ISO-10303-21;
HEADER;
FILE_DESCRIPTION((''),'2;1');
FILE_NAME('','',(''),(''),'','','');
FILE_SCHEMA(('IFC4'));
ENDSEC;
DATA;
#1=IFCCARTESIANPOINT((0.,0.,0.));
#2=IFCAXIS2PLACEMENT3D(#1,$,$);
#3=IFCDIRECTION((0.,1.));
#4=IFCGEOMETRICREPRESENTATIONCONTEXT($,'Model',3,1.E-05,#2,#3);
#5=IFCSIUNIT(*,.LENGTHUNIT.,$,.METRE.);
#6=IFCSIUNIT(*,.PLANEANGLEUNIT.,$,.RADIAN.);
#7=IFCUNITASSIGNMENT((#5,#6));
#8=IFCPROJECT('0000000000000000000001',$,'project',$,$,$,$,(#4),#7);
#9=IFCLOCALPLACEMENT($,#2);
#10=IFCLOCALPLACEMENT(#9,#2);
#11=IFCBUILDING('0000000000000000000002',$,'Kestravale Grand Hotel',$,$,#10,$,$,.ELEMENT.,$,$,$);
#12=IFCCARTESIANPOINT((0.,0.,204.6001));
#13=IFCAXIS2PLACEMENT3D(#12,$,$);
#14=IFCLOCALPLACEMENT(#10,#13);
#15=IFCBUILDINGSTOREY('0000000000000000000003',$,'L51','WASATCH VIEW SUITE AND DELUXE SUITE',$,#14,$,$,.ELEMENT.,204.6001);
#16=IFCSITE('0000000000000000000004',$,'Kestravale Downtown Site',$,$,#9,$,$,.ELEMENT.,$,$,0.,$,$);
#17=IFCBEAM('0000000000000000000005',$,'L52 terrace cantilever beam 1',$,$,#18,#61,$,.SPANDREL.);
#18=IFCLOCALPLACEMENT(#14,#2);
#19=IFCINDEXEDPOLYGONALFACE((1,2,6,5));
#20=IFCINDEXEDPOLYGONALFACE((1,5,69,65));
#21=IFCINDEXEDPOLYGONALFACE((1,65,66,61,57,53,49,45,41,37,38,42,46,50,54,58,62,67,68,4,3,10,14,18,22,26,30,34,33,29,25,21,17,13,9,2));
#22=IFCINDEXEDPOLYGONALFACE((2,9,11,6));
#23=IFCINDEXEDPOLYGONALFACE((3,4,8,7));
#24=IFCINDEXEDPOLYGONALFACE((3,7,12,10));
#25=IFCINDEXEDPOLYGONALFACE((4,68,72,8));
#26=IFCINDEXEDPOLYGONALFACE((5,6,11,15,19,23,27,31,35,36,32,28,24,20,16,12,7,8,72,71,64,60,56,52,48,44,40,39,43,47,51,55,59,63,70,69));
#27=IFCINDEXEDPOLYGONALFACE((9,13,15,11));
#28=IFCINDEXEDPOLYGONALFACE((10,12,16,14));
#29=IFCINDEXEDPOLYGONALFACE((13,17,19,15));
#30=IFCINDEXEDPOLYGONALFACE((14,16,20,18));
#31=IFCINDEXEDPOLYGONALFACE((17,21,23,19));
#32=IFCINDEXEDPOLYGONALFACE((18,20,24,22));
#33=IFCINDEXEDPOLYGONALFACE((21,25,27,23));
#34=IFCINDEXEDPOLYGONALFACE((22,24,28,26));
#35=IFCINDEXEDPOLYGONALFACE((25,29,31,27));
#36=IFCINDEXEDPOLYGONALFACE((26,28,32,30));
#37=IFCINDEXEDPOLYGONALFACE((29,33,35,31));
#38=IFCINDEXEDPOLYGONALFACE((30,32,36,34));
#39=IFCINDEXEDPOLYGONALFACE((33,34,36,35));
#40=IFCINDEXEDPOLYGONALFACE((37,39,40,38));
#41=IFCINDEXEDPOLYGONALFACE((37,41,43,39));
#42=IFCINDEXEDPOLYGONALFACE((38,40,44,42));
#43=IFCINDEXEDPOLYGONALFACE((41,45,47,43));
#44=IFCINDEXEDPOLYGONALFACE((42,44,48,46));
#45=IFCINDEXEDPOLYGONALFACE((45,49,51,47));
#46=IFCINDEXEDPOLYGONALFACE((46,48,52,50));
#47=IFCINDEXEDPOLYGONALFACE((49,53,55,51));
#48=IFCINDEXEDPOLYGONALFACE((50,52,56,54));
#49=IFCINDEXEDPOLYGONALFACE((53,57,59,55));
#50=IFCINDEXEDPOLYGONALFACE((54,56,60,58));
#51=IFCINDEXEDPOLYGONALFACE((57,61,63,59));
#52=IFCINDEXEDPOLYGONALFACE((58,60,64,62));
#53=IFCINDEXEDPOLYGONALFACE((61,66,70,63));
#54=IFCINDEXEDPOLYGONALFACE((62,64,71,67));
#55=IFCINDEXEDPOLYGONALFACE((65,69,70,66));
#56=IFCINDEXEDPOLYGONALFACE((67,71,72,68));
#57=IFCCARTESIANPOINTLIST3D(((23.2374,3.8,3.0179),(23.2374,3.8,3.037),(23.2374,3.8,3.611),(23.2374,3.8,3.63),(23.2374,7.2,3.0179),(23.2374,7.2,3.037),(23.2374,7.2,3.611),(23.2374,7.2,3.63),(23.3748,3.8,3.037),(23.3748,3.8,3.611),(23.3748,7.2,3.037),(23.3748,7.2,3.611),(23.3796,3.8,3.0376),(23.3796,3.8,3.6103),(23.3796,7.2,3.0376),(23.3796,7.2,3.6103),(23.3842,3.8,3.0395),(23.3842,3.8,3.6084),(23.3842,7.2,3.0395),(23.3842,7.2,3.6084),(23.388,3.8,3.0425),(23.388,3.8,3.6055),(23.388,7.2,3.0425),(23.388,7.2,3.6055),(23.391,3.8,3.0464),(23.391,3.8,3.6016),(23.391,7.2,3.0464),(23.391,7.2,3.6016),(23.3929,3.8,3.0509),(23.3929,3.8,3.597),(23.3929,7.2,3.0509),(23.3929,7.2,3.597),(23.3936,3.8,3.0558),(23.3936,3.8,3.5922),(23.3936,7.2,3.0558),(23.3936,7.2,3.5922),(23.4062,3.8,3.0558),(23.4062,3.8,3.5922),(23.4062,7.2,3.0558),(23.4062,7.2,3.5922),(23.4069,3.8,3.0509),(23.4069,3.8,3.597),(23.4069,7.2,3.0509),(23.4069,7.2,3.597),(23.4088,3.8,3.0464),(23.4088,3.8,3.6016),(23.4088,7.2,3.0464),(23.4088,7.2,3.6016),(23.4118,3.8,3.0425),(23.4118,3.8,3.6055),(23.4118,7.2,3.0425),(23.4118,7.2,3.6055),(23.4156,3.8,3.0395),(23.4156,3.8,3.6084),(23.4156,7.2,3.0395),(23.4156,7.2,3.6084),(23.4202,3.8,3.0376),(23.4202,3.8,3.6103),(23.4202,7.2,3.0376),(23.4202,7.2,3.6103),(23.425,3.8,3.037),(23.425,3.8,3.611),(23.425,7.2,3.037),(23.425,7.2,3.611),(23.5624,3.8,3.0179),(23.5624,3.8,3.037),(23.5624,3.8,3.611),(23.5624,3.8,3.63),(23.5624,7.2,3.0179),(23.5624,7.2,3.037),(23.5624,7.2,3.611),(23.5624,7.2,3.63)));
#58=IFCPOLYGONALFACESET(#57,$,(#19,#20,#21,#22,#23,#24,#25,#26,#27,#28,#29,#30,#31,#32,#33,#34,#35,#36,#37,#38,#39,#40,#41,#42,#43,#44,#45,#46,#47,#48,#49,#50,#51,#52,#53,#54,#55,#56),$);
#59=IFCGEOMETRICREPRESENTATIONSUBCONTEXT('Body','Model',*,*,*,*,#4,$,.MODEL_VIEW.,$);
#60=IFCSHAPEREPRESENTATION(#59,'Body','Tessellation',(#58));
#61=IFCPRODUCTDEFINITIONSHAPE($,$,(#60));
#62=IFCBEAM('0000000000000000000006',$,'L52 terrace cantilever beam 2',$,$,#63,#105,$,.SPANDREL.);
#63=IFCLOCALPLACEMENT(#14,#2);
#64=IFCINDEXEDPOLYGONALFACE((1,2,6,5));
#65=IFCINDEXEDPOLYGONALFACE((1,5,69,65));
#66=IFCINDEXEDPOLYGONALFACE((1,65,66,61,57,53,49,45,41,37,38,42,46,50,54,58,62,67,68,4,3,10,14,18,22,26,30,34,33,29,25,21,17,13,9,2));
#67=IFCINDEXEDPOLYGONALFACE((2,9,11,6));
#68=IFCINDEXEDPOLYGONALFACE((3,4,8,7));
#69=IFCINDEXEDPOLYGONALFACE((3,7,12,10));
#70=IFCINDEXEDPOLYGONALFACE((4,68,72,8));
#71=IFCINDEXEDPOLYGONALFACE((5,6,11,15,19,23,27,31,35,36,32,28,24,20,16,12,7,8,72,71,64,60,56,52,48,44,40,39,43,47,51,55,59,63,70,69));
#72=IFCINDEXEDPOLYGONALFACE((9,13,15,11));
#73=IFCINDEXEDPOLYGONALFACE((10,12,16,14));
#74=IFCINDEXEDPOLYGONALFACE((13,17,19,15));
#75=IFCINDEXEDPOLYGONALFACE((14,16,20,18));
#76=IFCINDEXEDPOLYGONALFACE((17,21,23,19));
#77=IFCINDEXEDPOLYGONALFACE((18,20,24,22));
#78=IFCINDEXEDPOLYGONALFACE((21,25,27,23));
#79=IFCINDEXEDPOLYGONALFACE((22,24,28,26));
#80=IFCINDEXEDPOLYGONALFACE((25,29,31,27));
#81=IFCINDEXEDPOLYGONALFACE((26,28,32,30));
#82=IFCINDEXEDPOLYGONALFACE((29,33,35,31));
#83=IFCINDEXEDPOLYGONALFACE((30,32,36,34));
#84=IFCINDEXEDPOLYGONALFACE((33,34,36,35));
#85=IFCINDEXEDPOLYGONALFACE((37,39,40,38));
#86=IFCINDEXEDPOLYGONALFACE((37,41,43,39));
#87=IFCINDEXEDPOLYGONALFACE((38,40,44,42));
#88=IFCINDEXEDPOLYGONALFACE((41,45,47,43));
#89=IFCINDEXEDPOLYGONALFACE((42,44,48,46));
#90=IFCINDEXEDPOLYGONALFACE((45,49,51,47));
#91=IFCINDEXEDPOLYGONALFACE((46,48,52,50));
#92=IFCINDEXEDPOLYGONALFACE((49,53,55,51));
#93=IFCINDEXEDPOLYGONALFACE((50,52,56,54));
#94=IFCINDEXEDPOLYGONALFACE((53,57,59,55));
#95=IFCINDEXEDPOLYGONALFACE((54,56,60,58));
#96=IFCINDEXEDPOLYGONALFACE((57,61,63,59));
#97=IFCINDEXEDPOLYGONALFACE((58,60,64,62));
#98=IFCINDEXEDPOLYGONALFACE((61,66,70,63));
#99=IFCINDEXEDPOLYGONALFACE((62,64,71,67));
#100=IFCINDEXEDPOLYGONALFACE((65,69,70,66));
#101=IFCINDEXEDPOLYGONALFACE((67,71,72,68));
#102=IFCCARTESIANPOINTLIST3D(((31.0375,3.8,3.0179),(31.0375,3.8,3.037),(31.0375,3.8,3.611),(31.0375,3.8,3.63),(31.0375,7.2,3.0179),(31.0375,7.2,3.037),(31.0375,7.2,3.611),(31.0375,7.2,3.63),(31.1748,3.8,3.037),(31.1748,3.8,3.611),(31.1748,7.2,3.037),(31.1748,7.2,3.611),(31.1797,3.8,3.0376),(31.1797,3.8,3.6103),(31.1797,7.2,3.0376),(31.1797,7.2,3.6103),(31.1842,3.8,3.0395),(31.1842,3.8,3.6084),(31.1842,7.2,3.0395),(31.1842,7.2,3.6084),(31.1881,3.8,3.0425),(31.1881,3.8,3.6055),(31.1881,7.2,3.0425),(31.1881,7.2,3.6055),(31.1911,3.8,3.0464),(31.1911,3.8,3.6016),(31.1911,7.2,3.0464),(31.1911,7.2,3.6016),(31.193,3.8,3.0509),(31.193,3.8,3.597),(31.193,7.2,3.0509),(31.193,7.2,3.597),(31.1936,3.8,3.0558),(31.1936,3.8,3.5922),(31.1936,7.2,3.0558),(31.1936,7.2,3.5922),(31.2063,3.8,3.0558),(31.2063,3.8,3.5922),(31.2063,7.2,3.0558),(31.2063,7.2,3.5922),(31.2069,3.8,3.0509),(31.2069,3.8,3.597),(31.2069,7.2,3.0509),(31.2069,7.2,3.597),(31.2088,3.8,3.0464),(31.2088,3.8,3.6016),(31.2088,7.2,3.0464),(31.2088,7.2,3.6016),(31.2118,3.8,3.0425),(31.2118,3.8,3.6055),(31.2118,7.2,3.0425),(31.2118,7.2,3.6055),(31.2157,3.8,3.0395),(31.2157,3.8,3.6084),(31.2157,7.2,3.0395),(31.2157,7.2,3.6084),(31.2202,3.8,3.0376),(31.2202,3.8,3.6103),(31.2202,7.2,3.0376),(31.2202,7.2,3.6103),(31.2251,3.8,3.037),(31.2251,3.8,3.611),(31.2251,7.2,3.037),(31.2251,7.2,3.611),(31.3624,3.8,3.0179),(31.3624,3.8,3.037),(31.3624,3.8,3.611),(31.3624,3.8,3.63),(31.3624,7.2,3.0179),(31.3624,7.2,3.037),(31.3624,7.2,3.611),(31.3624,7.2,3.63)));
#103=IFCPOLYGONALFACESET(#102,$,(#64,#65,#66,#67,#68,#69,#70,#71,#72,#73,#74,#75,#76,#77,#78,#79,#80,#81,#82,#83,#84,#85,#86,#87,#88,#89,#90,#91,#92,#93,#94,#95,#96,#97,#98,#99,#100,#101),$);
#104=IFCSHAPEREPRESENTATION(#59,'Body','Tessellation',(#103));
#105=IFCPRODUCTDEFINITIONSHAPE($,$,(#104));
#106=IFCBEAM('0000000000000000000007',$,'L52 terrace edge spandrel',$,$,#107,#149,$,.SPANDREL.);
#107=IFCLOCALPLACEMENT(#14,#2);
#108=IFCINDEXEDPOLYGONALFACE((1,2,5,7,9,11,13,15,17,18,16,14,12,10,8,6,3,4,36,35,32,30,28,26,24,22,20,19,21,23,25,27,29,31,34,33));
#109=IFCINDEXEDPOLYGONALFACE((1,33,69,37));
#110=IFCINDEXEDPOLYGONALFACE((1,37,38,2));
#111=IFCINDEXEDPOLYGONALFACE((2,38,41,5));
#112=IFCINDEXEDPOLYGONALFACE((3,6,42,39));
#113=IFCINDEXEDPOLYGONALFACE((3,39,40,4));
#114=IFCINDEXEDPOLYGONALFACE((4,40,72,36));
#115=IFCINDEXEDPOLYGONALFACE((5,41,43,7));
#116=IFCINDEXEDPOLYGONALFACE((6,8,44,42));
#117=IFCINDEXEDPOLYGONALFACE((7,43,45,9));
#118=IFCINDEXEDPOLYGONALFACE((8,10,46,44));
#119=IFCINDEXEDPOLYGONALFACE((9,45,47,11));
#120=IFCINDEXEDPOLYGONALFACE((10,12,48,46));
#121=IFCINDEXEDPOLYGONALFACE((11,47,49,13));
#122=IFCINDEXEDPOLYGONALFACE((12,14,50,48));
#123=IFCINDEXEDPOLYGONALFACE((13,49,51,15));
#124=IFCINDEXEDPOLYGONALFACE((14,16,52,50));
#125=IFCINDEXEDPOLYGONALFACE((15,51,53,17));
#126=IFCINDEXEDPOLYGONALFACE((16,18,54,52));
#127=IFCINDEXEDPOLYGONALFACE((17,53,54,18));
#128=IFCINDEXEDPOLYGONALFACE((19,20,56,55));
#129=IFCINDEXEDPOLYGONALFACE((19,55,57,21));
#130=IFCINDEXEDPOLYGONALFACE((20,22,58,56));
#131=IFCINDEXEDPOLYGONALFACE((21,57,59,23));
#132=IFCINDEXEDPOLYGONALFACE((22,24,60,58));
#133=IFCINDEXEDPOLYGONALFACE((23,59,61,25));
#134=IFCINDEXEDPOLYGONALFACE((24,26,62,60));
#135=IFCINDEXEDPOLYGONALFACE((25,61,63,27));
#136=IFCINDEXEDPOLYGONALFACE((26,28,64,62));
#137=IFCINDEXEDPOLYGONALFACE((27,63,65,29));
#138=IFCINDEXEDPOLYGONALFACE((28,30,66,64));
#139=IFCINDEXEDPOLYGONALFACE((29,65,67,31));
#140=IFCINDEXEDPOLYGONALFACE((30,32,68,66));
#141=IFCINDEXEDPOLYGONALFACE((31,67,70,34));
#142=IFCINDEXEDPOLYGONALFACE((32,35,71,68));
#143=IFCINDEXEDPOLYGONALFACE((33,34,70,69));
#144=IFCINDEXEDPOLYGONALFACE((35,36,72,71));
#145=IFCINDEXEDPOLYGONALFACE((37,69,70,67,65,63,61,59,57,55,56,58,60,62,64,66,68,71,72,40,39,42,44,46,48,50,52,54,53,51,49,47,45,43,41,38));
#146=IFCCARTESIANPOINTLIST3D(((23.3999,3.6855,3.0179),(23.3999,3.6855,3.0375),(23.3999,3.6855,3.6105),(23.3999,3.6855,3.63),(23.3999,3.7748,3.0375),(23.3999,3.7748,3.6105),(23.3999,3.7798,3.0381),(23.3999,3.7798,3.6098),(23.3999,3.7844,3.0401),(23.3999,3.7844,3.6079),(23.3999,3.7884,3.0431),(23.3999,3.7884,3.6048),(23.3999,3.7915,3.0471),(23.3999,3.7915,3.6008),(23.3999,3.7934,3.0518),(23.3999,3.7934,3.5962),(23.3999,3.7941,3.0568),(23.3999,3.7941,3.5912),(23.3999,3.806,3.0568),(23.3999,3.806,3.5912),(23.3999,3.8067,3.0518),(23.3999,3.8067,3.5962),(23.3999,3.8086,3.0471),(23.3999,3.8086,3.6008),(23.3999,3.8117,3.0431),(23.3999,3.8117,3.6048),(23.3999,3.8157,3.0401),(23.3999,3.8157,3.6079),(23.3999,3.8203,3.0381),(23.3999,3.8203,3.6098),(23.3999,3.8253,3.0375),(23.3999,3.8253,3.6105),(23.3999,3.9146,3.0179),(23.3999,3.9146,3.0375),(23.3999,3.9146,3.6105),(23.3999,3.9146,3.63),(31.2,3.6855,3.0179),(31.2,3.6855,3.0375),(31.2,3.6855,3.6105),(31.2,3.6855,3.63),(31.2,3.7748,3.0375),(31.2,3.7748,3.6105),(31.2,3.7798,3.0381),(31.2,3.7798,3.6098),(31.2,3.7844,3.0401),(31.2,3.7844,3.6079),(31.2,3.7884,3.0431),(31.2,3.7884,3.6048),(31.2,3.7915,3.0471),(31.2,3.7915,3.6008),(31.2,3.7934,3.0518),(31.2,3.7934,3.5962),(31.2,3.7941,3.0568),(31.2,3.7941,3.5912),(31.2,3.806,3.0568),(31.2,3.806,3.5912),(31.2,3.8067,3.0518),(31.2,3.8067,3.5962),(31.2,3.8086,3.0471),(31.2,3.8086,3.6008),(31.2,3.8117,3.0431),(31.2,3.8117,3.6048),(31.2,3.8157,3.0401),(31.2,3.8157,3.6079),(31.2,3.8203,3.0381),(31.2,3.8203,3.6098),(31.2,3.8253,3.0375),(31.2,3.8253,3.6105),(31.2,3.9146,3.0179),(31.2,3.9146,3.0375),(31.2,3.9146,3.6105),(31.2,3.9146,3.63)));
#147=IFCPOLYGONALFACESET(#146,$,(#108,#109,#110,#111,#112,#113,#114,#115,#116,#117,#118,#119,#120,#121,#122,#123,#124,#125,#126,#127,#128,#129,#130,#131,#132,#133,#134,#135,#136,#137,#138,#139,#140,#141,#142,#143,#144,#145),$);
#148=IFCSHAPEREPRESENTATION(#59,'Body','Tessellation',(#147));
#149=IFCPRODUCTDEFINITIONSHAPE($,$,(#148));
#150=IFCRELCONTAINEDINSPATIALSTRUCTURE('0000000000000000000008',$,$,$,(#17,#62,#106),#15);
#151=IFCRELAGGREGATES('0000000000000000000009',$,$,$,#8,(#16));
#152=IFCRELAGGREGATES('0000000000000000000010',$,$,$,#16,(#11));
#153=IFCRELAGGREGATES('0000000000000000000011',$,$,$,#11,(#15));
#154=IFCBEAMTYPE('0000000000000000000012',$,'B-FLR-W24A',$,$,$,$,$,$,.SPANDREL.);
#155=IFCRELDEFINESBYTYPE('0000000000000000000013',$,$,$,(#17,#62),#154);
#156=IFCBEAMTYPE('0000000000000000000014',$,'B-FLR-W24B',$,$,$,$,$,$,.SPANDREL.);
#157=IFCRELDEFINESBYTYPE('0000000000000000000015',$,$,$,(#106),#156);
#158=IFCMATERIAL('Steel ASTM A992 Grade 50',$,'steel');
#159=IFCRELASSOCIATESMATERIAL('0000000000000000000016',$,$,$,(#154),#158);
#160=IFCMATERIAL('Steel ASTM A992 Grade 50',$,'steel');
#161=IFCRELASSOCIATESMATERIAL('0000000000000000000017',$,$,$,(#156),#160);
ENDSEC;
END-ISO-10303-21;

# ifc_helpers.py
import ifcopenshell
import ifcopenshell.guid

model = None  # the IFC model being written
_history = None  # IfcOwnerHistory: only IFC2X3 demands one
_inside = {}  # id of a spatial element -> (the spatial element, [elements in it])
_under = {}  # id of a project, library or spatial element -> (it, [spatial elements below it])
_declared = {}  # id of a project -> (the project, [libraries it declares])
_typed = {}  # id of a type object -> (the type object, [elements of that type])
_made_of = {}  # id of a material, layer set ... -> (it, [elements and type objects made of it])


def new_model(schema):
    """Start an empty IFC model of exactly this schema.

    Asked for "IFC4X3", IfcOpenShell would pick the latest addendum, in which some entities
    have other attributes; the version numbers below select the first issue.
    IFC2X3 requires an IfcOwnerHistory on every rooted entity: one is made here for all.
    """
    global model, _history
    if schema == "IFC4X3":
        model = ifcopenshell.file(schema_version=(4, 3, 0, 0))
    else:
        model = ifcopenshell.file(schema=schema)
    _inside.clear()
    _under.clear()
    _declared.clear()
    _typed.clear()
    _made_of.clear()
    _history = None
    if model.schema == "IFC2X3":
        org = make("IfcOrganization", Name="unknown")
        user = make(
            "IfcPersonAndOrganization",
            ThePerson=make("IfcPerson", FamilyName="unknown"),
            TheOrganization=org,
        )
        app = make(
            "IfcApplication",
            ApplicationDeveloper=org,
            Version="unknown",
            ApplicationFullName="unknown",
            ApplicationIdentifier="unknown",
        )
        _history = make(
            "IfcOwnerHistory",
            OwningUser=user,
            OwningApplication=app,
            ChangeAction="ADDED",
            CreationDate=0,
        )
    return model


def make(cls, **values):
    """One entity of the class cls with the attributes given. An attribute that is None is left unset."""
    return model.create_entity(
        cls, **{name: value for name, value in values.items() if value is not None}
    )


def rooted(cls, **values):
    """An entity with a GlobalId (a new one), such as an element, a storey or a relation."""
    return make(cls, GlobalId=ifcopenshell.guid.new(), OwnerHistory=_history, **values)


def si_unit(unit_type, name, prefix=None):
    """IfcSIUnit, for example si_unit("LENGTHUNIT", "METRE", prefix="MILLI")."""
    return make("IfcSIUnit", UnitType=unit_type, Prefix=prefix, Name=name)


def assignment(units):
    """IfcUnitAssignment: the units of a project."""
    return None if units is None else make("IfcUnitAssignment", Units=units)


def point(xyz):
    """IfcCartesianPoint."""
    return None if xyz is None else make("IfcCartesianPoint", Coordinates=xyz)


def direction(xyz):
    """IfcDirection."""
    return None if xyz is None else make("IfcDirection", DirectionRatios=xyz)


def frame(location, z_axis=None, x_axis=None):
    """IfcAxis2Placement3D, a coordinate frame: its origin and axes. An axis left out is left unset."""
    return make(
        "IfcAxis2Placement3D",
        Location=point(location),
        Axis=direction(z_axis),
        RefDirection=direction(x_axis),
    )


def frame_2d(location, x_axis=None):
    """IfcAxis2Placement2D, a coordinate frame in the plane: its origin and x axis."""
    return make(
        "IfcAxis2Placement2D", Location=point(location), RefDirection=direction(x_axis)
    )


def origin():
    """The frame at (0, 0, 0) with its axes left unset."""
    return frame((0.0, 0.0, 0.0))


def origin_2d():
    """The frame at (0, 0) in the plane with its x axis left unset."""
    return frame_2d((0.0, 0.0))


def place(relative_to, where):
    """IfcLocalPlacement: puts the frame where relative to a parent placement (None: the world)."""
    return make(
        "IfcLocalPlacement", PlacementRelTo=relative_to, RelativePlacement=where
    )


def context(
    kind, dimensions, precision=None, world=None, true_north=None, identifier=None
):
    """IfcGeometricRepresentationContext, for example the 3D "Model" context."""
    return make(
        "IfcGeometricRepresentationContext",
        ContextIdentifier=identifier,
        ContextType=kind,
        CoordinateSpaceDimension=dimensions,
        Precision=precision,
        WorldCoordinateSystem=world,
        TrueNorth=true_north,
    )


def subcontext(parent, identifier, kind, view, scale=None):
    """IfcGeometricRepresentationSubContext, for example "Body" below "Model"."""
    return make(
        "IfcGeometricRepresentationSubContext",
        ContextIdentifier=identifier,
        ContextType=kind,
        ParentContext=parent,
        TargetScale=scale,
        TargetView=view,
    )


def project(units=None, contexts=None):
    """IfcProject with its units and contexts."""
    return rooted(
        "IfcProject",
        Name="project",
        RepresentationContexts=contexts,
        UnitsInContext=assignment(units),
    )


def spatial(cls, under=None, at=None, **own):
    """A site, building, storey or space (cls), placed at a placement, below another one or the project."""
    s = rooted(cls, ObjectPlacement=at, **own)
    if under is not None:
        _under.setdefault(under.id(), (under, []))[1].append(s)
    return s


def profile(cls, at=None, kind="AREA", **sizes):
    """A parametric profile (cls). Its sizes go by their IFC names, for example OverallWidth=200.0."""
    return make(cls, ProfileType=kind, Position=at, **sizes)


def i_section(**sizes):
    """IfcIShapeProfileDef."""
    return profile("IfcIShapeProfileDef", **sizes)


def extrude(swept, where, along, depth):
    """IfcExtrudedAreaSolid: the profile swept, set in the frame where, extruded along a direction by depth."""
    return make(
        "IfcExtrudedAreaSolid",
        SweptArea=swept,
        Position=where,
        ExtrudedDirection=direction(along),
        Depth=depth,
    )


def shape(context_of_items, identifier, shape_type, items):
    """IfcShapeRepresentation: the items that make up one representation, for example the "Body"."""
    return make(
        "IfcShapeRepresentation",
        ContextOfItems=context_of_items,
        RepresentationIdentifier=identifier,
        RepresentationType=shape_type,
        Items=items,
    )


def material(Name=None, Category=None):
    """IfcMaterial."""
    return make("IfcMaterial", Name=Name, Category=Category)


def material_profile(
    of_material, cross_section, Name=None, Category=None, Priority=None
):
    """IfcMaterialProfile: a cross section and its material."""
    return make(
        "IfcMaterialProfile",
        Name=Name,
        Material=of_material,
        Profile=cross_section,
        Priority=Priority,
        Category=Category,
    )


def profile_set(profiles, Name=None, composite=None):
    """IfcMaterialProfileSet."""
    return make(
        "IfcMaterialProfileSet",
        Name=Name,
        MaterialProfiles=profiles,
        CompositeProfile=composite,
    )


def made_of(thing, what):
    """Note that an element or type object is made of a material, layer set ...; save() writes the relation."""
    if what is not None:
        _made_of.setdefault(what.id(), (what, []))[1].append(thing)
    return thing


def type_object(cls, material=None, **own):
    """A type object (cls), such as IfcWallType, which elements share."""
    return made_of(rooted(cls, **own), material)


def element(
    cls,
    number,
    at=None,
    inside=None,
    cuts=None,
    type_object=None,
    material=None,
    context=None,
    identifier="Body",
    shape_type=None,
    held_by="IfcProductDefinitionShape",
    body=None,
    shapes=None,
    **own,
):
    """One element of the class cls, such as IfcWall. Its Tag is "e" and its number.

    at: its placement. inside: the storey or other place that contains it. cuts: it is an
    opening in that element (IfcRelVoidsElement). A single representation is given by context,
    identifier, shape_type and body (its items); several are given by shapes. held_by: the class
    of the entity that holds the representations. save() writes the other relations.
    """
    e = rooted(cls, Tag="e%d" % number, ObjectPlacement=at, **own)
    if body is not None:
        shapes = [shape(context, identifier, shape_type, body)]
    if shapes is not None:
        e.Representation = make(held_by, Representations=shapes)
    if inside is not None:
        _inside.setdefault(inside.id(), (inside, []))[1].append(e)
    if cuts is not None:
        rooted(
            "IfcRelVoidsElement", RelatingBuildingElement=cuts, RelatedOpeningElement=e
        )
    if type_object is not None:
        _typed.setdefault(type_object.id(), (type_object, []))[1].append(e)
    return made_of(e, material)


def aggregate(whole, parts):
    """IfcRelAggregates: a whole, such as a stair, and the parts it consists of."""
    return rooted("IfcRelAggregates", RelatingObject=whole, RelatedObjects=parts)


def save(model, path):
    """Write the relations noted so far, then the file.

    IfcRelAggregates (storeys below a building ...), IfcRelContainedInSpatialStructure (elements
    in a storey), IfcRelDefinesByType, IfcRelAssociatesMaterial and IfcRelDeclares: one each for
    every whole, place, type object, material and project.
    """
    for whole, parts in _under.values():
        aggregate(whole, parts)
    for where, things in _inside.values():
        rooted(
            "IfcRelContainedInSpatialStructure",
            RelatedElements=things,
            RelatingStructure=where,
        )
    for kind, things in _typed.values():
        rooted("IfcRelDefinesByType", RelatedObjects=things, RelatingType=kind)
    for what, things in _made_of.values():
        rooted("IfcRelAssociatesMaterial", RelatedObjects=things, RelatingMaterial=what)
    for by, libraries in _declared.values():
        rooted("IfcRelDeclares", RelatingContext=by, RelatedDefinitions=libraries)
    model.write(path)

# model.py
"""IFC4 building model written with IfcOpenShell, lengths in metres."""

from ifc_helpers import new_model, si_unit, direction, frame, origin, origin_2d, place, context, subcontext, project, spatial, i_section, extrude, material, material_profile, profile_set, type_object, element, save


model = new_model("IFC4")

# Units and contexts
model_context = context("Model", 3, precision=1e-05, world=origin(), true_north=direction((0.0, 1.0)))
body_context = subcontext(model_context, "Body", "Model", "MODEL_VIEW")
ifc_project = project(units=[si_unit("LENGTHUNIT", "METRE"), si_unit("PLANEANGLEUNIT", "RADIAN")], contexts=[model_context])

# Site, building, storey
site_placement = place(None, origin())
site = spatial("IfcSite", under=ifc_project, at=site_placement, Name="Kestravale Downtown Site", CompositionType="ELEMENT", RefElevation=0.0)
building_placement = place(site_placement, origin())
building = spatial("IfcBuilding", under=site, at=building_placement, Name="Kestravale Grand Hotel", CompositionType="ELEMENT")
storey_placement = place(building_placement, frame((0.0, 0.0, 204.6001)))
storey = spatial("IfcBuildingStorey", under=building, at=storey_placement, Name="L51", Description="WASATCH VIEW SUITE AND DELUXE SUITE", CompositionType="ELEMENT", Elevation=204.6001)

# Beams
ifc_material_1 = material(Name="Steel ASTM A992 Grade 50", Category="steel")
ifc_material_profile_1 = material_profile(ifc_material_1, i_section(OverallWidth=0.325, OverallDepth=0.6121, WebThickness=0.0127, FlangeThickness=0.019, FilletRadius=0.0188, at=origin_2d()))
ifc_profile_set_1 = profile_set([ifc_material_profile_1], Name="Steel ASTM A992 Grade 50")
beam_type_1 = type_object("IfcBeamType", Name="B-FLR-W24A", PredefinedType="SPANDREL", material=ifc_profile_set_1)
for number, where, z_axis, x_axis, name in (
    (1, (23.3999, 7.2, 3.324), (0.0, -1.0, 0.0), (1.0, 0.0, 0.0), "L52 terrace cantilever beam 1"),
    (2, (31.2, 7.2, 3.324), (0.0, -1.0, 0.0), (1.0, 0.0, 0.0), "L52 terrace cantilever beam 2"),
):
    element("IfcBeam", number, at=place(storey_placement, frame(where, z_axis=z_axis, x_axis=x_axis)), inside=storey, type_object=beam_type_1, Name=name, PredefinedType="SPANDREL", context=body_context, shape_type="SweptSolid", body=[
        extrude(i_section(OverallWidth=0.325, OverallDepth=0.6121, WebThickness=0.0127, FlangeThickness=0.019, FilletRadius=0.0188, at=origin_2d()), origin(), (0.0, 0.0, 1.0), 3.3999),
    ])
ifc_material_2 = material(Name="Steel ASTM A992 Grade 50", Category="steel")
ifc_material_profile_2 = material_profile(ifc_material_2, i_section(OverallWidth=0.229, OverallDepth=0.6121, WebThickness=0.012, FlangeThickness=0.0195, FilletRadius=0.0193, at=origin_2d()))
ifc_profile_set_2 = profile_set([ifc_material_profile_2], Name="Steel ASTM A992 Grade 50")
beam_type_2 = type_object("IfcBeamType", Name="B-FLR-W24B", PredefinedType="SPANDREL", material=ifc_profile_set_2)
beam_1_placement = place(storey_placement, frame((23.3999, 3.8, 3.324), z_axis=(1.0, 0.0, 0.0), x_axis=(0.0, 1.0, 0.0)))
element("IfcBeam", 3, at=beam_1_placement, inside=storey, type_object=beam_type_2, Name="L52 terrace edge spandrel", PredefinedType="SPANDREL", context=body_context, shape_type="SweptSolid", body=[
    extrude(i_section(OverallWidth=0.229, OverallDepth=0.6121, WebThickness=0.012, FlangeThickness=0.0195, FilletRadius=0.0193, at=origin_2d()), origin(), (0.0, 0.0, 1.0), 7.8),
])

save(model, "model.ifc")
